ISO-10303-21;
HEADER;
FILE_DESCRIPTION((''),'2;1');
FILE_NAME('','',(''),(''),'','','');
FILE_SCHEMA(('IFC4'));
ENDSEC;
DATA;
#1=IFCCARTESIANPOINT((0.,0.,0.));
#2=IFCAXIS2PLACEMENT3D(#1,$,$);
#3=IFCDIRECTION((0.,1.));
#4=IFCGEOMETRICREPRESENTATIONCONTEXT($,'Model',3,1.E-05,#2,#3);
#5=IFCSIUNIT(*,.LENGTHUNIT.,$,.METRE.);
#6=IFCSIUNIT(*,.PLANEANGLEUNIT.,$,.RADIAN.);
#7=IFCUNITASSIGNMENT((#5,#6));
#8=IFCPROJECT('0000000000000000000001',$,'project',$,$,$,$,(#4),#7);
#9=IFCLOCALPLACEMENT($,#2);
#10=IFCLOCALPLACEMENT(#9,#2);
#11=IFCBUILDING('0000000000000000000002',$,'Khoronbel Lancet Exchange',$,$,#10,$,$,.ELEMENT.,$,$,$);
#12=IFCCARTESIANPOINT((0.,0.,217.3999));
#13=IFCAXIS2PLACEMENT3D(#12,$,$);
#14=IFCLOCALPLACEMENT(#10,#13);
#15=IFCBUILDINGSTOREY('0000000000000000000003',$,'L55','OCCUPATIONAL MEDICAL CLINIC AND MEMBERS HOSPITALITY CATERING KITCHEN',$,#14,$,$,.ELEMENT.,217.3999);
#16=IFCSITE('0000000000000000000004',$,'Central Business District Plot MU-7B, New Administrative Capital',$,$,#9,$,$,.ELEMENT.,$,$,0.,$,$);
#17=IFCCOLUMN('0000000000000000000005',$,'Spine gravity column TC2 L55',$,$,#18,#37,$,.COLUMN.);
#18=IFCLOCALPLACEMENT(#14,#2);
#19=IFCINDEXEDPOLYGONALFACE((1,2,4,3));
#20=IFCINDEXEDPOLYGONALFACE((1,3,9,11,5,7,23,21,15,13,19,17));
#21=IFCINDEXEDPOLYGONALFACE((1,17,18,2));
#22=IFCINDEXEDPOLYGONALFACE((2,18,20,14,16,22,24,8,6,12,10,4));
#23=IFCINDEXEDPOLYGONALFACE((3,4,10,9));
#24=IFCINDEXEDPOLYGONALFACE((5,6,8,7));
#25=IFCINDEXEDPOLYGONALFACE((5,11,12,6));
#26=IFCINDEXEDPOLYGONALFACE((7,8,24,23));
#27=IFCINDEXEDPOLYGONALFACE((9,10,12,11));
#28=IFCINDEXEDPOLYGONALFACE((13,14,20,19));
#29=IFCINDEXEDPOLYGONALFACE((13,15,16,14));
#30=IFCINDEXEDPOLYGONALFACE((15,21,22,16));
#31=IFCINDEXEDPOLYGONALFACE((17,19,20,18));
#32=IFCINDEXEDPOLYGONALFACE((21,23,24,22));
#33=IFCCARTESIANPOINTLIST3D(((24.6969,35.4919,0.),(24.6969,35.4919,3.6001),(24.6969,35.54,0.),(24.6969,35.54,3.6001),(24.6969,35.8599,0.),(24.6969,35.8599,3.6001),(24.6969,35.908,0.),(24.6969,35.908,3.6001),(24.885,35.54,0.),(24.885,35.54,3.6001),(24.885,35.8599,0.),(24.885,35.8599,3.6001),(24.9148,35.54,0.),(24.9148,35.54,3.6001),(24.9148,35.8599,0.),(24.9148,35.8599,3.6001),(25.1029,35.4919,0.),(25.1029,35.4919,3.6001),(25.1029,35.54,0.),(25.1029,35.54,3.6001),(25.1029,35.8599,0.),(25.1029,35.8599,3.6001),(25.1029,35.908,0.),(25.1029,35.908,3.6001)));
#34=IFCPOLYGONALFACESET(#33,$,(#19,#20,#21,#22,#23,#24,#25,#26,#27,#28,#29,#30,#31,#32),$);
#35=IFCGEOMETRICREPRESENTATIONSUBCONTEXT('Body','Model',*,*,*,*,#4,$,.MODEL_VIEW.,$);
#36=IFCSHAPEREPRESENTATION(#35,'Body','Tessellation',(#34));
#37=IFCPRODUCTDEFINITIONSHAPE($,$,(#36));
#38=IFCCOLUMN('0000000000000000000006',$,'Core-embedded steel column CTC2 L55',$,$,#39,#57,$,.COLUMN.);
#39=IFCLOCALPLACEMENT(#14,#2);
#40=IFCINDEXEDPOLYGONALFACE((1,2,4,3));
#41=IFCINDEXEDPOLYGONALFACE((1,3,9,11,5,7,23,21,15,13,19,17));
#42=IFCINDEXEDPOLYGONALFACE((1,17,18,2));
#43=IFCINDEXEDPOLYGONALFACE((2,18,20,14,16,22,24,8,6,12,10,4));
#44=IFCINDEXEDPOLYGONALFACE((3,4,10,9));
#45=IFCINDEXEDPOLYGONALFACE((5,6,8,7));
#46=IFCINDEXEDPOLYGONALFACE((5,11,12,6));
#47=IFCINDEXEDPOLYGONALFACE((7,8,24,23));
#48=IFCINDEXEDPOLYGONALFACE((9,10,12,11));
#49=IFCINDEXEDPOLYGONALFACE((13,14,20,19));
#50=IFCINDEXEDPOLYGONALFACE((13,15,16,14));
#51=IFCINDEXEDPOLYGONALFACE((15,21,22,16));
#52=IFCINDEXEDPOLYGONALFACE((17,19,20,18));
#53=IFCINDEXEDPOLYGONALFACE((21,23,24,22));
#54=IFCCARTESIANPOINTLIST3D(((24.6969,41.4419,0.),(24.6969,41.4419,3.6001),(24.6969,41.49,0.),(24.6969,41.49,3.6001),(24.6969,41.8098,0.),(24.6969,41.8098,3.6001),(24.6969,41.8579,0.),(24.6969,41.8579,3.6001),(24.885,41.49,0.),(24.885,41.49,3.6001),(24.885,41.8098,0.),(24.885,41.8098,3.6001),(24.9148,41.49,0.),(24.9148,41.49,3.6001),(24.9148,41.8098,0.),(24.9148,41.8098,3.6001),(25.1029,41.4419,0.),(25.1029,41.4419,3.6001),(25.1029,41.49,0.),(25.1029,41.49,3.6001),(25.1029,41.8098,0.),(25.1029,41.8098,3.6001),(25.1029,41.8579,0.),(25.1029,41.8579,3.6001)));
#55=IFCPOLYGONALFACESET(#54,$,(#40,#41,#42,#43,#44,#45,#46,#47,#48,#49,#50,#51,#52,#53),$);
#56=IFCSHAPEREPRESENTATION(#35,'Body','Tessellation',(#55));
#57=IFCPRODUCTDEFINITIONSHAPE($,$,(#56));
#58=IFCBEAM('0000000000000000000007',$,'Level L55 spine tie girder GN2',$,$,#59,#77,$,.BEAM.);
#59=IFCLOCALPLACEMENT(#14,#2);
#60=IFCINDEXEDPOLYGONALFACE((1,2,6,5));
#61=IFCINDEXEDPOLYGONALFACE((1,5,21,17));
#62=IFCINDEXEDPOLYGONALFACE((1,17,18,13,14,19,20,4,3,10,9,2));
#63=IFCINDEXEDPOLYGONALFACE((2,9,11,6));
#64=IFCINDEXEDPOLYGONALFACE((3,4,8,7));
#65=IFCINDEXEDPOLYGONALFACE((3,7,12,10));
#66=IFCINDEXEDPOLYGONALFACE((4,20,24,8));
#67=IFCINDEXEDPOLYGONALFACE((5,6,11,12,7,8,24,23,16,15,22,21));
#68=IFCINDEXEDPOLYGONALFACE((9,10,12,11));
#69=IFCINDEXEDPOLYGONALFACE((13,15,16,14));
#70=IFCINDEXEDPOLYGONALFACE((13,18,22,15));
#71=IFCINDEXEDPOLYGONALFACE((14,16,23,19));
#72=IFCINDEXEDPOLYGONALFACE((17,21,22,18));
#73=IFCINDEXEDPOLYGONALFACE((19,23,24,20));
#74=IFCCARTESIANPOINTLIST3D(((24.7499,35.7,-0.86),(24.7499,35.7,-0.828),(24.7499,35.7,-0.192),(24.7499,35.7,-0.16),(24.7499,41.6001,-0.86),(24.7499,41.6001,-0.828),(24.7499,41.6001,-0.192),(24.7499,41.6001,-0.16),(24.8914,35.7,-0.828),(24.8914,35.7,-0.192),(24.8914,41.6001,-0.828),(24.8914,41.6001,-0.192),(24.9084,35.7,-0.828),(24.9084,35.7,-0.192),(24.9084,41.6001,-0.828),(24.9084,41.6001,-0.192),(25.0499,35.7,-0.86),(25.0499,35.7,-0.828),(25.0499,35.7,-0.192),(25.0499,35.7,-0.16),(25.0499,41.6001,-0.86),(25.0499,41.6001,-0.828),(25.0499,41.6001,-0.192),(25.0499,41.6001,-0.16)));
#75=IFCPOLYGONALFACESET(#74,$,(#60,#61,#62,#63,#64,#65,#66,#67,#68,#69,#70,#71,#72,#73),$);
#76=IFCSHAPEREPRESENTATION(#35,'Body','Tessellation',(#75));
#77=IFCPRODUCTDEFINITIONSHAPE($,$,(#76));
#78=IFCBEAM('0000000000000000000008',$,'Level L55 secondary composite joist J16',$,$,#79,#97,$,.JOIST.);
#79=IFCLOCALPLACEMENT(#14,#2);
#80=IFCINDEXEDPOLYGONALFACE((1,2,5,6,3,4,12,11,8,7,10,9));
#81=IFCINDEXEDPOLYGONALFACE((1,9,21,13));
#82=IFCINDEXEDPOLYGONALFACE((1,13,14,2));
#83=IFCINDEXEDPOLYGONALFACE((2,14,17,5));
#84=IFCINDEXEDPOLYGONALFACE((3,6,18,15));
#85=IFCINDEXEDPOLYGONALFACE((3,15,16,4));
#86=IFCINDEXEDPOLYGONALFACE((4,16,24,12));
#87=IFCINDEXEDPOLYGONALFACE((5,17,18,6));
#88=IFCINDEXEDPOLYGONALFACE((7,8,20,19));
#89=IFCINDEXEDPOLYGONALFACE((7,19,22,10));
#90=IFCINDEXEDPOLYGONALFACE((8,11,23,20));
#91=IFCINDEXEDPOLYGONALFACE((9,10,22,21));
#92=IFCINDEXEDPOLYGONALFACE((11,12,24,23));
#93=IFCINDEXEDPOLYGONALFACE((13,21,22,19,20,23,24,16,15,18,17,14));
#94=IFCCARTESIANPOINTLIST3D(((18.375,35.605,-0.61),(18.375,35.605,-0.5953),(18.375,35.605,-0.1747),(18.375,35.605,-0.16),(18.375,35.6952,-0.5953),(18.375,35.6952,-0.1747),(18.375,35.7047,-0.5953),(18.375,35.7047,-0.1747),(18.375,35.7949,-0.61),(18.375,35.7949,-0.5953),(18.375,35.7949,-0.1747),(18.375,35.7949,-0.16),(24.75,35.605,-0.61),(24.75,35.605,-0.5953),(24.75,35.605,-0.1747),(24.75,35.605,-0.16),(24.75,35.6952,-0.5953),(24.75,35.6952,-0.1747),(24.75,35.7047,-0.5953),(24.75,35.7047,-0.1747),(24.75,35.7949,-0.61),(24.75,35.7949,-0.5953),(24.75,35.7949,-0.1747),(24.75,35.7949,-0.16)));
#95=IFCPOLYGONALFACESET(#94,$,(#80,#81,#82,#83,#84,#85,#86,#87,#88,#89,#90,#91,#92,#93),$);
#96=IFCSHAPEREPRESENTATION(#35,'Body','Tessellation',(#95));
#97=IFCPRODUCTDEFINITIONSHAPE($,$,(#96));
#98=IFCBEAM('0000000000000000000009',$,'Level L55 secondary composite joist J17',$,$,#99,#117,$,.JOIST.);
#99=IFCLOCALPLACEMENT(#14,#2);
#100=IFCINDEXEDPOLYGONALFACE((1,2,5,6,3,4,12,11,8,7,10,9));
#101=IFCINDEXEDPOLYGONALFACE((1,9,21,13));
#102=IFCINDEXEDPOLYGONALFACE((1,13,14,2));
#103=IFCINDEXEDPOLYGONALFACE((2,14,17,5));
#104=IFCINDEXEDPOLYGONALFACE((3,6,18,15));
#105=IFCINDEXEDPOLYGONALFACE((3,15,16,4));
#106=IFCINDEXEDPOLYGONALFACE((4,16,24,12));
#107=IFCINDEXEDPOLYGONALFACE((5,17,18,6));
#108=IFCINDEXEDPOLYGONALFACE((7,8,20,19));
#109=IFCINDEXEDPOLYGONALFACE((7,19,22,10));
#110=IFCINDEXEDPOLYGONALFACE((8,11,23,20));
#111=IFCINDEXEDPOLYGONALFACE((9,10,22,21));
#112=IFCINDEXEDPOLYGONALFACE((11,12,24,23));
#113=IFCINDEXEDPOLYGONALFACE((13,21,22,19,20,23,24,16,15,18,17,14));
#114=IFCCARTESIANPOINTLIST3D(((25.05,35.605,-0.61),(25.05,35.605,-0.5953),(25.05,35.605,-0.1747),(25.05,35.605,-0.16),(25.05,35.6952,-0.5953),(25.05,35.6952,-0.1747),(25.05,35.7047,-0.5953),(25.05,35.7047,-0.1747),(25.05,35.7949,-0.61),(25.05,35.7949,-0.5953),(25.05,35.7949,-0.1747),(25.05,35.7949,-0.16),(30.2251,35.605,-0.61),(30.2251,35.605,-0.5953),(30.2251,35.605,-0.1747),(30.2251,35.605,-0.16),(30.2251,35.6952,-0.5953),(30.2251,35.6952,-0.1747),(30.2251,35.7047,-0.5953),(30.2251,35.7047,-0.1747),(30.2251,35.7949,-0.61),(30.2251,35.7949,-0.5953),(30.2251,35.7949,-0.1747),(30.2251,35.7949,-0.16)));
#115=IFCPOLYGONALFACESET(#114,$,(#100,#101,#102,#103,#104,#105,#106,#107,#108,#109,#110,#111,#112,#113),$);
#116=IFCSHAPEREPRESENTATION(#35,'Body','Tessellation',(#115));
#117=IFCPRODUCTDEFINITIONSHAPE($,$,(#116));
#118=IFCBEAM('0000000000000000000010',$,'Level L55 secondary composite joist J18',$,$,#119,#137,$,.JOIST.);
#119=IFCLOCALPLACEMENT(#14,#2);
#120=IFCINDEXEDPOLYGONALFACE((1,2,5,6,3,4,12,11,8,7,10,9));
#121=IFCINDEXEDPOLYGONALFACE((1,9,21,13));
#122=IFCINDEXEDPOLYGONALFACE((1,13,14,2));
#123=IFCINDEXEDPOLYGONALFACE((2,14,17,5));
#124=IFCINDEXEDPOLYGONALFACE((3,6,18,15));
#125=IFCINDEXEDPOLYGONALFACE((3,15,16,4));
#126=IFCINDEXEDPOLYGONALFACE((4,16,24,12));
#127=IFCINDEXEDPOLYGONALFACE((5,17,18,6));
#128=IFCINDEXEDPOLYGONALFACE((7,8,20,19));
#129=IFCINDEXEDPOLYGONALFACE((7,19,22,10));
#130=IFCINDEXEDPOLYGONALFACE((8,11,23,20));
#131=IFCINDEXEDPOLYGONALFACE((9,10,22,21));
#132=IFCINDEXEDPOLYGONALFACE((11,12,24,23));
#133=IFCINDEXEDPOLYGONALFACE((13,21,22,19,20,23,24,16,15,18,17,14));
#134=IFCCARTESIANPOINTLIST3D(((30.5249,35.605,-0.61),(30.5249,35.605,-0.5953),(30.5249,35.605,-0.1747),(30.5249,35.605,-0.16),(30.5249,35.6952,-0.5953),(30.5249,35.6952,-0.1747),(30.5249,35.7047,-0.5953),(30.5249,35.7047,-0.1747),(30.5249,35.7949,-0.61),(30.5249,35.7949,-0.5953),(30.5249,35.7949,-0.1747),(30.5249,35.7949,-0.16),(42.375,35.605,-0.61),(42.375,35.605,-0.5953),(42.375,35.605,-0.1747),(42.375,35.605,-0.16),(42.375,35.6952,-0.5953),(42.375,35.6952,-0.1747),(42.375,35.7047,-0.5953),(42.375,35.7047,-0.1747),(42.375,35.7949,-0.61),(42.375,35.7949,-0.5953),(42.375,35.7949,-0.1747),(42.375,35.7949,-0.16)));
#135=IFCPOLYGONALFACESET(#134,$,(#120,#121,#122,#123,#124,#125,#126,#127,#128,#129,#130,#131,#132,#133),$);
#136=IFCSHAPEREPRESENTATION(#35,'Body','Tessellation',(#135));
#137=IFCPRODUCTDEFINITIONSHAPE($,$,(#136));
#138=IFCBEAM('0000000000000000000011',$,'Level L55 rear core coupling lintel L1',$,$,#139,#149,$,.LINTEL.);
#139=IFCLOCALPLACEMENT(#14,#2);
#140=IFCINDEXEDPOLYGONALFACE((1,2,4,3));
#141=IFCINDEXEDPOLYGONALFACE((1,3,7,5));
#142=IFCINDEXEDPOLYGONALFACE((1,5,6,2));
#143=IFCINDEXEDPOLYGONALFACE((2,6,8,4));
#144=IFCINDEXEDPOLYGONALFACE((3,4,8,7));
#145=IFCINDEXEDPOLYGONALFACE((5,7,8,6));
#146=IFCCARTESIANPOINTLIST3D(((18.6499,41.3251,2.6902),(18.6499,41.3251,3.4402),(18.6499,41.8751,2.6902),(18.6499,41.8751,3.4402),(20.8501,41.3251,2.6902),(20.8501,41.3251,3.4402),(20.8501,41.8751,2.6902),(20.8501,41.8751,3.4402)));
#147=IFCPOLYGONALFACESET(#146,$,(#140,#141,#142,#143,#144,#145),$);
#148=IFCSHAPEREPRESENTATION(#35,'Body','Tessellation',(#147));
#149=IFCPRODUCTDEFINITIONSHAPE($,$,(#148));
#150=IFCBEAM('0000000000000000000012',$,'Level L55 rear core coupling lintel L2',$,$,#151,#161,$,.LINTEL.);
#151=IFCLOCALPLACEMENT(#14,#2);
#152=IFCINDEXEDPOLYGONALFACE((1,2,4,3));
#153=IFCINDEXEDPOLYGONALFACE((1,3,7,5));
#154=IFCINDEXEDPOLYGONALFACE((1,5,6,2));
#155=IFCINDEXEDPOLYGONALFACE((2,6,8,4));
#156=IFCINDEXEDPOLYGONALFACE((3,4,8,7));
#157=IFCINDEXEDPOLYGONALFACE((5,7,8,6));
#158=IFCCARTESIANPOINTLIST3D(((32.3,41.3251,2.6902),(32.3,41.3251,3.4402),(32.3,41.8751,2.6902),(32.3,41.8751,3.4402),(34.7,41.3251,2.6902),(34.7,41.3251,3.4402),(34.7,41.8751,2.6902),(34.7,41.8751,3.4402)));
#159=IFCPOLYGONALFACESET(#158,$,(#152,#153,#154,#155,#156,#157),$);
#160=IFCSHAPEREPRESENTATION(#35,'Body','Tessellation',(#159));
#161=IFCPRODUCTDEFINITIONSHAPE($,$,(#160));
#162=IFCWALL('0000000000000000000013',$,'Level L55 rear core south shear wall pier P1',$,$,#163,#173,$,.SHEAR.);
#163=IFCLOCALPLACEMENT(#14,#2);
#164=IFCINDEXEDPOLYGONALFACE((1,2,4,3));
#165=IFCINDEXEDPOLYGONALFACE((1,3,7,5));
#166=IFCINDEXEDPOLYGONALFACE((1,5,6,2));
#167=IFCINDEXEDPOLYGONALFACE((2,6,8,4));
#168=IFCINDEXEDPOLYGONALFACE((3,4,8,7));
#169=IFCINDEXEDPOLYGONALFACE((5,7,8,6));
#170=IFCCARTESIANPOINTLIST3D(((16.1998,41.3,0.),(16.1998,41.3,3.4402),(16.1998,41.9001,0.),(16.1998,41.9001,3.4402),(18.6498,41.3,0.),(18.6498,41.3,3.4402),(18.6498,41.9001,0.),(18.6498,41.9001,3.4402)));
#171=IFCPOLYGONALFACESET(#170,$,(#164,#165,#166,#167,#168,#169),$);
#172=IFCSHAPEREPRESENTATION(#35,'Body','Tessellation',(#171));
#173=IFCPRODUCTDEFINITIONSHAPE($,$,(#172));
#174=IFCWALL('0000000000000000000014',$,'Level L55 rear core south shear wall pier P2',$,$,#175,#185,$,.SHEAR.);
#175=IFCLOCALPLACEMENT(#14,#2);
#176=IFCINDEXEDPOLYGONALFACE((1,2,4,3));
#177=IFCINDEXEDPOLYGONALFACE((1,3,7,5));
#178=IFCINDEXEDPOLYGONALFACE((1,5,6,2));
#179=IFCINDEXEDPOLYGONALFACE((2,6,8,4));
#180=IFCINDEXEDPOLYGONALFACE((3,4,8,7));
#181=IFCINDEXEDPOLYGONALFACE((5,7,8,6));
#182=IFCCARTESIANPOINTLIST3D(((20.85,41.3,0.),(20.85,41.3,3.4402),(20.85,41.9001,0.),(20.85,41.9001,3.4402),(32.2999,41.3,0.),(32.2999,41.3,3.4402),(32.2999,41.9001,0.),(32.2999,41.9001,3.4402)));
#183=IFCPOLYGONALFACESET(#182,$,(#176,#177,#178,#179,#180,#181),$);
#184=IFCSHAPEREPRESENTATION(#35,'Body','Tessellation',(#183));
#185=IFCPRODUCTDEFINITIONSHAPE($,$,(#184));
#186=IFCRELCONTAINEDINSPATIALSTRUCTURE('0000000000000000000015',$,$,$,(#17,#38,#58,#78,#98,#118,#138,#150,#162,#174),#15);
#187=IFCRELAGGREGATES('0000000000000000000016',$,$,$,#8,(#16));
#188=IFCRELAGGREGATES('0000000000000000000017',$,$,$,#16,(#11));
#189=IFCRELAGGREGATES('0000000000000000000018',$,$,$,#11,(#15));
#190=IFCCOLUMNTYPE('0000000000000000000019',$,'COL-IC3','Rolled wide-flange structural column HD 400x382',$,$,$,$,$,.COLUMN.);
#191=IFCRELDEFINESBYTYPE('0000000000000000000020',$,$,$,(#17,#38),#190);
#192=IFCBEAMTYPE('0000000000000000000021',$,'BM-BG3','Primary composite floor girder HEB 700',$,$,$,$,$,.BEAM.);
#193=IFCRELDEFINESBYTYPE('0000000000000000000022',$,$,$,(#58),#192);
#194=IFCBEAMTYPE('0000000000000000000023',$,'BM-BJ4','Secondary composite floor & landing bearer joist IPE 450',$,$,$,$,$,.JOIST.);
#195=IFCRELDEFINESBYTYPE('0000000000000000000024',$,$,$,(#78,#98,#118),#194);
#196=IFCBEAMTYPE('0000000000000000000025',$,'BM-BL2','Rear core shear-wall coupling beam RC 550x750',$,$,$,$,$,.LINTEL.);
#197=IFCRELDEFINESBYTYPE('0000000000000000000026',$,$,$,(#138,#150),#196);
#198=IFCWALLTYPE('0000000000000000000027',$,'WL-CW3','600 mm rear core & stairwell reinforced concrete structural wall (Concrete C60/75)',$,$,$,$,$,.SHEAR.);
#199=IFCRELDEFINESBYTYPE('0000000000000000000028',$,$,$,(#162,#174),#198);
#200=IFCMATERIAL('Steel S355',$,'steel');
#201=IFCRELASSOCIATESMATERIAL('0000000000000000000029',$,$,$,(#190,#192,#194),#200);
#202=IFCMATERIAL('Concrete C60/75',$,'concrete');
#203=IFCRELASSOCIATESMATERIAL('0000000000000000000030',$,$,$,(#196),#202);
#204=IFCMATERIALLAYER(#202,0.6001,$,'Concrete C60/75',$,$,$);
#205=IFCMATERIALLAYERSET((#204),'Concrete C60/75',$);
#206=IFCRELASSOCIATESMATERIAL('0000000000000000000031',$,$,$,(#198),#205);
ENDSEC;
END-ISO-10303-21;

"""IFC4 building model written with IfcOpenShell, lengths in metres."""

from ifc_helpers import new_model, si_unit, direction, frame, frame_2d, origin, origin_2d, place, context, subcontext, project, spatial, rectangle, i_section, extrude, material, layer, layer_set, material_profile, profile_set, type_object, element, save


model = new_model("IFC4")

# Units and contexts
model_context = context("Model", 3, precision=1e-05, world=origin(), true_north=direction((0.0, 1.0)))
body_context = subcontext(model_context, "Body", "Model", "MODEL_VIEW")
ifc_project = project(units=[si_unit("LENGTHUNIT", "METRE"), si_unit("PLANEANGLEUNIT", "RADIAN")], contexts=[model_context])

# Site, building, storey
site_placement = place(None, origin())
site = spatial("IfcSite", under=ifc_project, at=site_placement, Name="Central Business District Plot MU-7B, New Administrative Capital", CompositionType="ELEMENT", RefElevation=0.0)
building_placement = place(site_placement, origin())
building = spatial("IfcBuilding", under=site, at=building_placement, Name="Khoronbel Lancet Exchange", CompositionType="ELEMENT")
storey_placement = place(building_placement, frame((0.0, 0.0, 217.3999)))
storey = spatial("IfcBuildingStorey", under=building, at=storey_placement, Name="L55", Description="OCCUPATIONAL MEDICAL CLINIC AND MEMBERS HOSPITALITY CATERING KITCHEN", CompositionType="ELEMENT", Elevation=217.3999)

# Columns
ifc_material_1 = material(Name="Steel S355", Category="steel")
ifc_material_profile_1 = material_profile(ifc_material_1, i_section(OverallWidth=0.406, OverallDepth=0.416, WebThickness=0.0298, FlangeThickness=0.0481, at=origin_2d()), Name="HD 400x382")
ifc_profile_set_1 = profile_set([ifc_material_profile_1], Name="Steel S355")
column_type = type_object("IfcColumnType", Name="COL-IC3", Description="Rolled wide-flange structural column HD 400x382", PredefinedType="COLUMN", material=ifc_profile_set_1)
for number, where, z_axis, x_axis, name in (
    (1, (24.8999, 35.7, 0.0), (0.0, 0.0, 1.0), (1.0, 0.0, 0.0), "Spine gravity column TC2 L55"),
    (2, (24.8999, 41.6499, 0.0), (0.0, 0.0, 1.0), (1.0, 0.0, 0.0), "Core-embedded steel column CTC2 L55"),
):
    element("IfcColumn", number, at=place(storey_placement, frame(where, z_axis=z_axis, x_axis=x_axis)), inside=storey, type_object=column_type, Name=name, PredefinedType="COLUMN", context=body_context, shape_type="SweptSolid", body=[
        extrude(i_section(OverallWidth=0.406, OverallDepth=0.416, WebThickness=0.0298, FlangeThickness=0.0481, at=origin_2d()), origin(), (0.0, 0.0, 1.0), 3.6001),
    ])

# Beams
ifc_material_profile_2 = material_profile(ifc_material_1, i_section(OverallWidth=0.3, OverallDepth=0.7, WebThickness=0.0171, FlangeThickness=0.032, at=origin_2d()), Name="HEB 700")
ifc_profile_set_2 = profile_set([ifc_material_profile_2], Name="Steel S355")
beam_type_1 = type_object("IfcBeamType", Name="BM-BG3", Description="Primary composite floor girder HEB 700", PredefinedType="BEAM", material=ifc_profile_set_2)
beam_1_placement = place(storey_placement, frame((24.8999, 35.7, -0.51), z_axis=(0.0, 1.0, 0.0), x_axis=(-1.0, 0.0, 0.0)))
element("IfcBeam", 3, at=beam_1_placement, inside=storey, type_object=beam_type_1, Name="Level L55 spine tie girder GN2", PredefinedType="BEAM", context=body_context, shape_type="SweptSolid", body=[
    extrude(i_section(OverallWidth=0.3, OverallDepth=0.7, WebThickness=0.0171, FlangeThickness=0.032, at=origin_2d()), origin(), (0.0, 0.0, 1.0), 5.9001),
])
ifc_material_profile_3 = material_profile(ifc_material_1, i_section(OverallWidth=0.1899, OverallDepth=0.45, WebThickness=0.0095, FlangeThickness=0.0146, at=origin_2d()), Name="IPE 450")
ifc_profile_set_3 = profile_set([ifc_material_profile_3], Name="Steel S355")
beam_type_2 = type_object("IfcBeamType", Name="BM-BJ4", Description="Secondary composite floor & landing bearer joist IPE 450", PredefinedType="JOIST", material=ifc_profile_set_3)
beam_2_placement = place(storey_placement, frame((18.375, 35.7, -0.385), z_axis=(1.0, 0.0, 0.0), x_axis=(0.0, 1.0, 0.0)))
element("IfcBeam", 4, at=beam_2_placement, inside=storey, type_object=beam_type_2, Name="Level L55 secondary composite joist J16", PredefinedType="JOIST", context=body_context, shape_type="SweptSolid", body=[
    extrude(i_section(OverallWidth=0.1899, OverallDepth=0.45, WebThickness=0.0095, FlangeThickness=0.0146, at=origin_2d()), origin(), (0.0, 0.0, 1.0), 6.375),
])
beam_3_placement = place(storey_placement, frame((25.05, 35.7, -0.385), z_axis=(1.0, 0.0, 0.0), x_axis=(0.0, 1.0, 0.0)))
element("IfcBeam", 5, at=beam_3_placement, inside=storey, type_object=beam_type_2, Name="Level L55 secondary composite joist J17", PredefinedType="JOIST", context=body_context, shape_type="SweptSolid", body=[
    extrude(i_section(OverallWidth=0.1899, OverallDepth=0.45, WebThickness=0.0095, FlangeThickness=0.0146, at=origin_2d()), origin(), (0.0, 0.0, 1.0), 5.175),
])
beam_4_placement = place(storey_placement, frame((30.5249, 35.7, -0.385), z_axis=(1.0, 0.0, 0.0), x_axis=(0.0, 1.0, 0.0)))
element("IfcBeam", 6, at=beam_4_placement, inside=storey, type_object=beam_type_2, Name="Level L55 secondary composite joist J18", PredefinedType="JOIST", context=body_context, shape_type="SweptSolid", body=[
    extrude(i_section(OverallWidth=0.1899, OverallDepth=0.45, WebThickness=0.0095, FlangeThickness=0.0146, at=origin_2d()), origin(), (0.0, 0.0, 1.0), 11.8501),
])
ifc_material_2 = material(Name="Concrete C60/75", Category="concrete")
ifc_material_profile_4 = material_profile(ifc_material_2, rectangle(XDim=0.55, YDim=0.75, at=origin_2d()), Name="RC 550x750")
ifc_profile_set_4 = profile_set([ifc_material_profile_4], Name="Concrete C60/75")
beam_type_3 = type_object("IfcBeamType", Name="BM-BL2", Description="Rear core shear-wall coupling beam RC 550x750", PredefinedType="LINTEL", material=ifc_profile_set_4)
beam_5_placement = place(storey_placement, frame((18.6499, 41.6001, 3.0652), z_axis=(1.0, 0.0, 0.0), x_axis=(0.0, 1.0, 0.0)))
element("IfcBeam", 7, at=beam_5_placement, inside=storey, type_object=beam_type_3, Name="Level L55 rear core coupling lintel L1", PredefinedType="LINTEL", context=body_context, shape_type="SweptSolid", body=[
    extrude(rectangle(XDim=0.55, YDim=0.75, at=origin_2d()), origin(), (0.0, 0.0, 1.0), 2.2002),
])
beam_6_placement = place(storey_placement, frame((32.3, 41.6001, 3.0652), z_axis=(1.0, 0.0, 0.0), x_axis=(0.0, 1.0, 0.0)))
element("IfcBeam", 8, at=beam_6_placement, inside=storey, type_object=beam_type_3, Name="Level L55 rear core coupling lintel L2", PredefinedType="LINTEL", context=body_context, shape_type="SweptSolid", body=[
    extrude(rectangle(XDim=0.55, YDim=0.75, at=origin_2d()), origin(), (0.0, 0.0, 1.0), 2.3999),
])

# Walls
ifc_layer_1 = layer(ifc_material_2, 0.6001, Name="Concrete C60/75")
ifc_layer_set_1 = layer_set([ifc_layer_1], Name="Concrete C60/75")
wall_type_1 = type_object("IfcWallType", Name="WL-CW3", Description="600 mm rear core & stairwell reinforced concrete structural wall (Concrete C60/75)", PredefinedType="SHEAR", material=ifc_layer_set_1)
wall_1_placement = place(storey_placement, frame((18.6499, 41.6001, 0.0), z_axis=(0.0, 0.0, 1.0), x_axis=(-1.0, 0.0, 0.0)))
element("IfcWall", 9, at=wall_1_placement, inside=storey, type_object=wall_type_1, Name="Level L55 rear core south shear wall pier P1", PredefinedType="SHEAR", context=body_context, shape_type="SweptSolid", body=[
    extrude(rectangle(XDim=2.45, YDim=0.6001, at=frame_2d((1.2251, 0.0))), origin(), (0.0, 0.0, 1.0), 3.4402),
])
wall_2_placement = place(storey_placement, frame((32.3, 41.6001, 0.0), z_axis=(0.0, 0.0, 1.0), x_axis=(-1.0, 0.0, 0.0)))
element("IfcWall", 10, at=wall_2_placement, inside=storey, type_object=wall_type_1, Name="Level L55 rear core south shear wall pier P2", PredefinedType="SHEAR", context=body_context, shape_type="SweptSolid", body=[
    extrude(rectangle(XDim=11.45, YDim=0.6001, at=frame_2d((5.7251, 0.0))), origin(), (0.0, 0.0, 1.0), 3.4402),
])

save(model, "model.ifc")
